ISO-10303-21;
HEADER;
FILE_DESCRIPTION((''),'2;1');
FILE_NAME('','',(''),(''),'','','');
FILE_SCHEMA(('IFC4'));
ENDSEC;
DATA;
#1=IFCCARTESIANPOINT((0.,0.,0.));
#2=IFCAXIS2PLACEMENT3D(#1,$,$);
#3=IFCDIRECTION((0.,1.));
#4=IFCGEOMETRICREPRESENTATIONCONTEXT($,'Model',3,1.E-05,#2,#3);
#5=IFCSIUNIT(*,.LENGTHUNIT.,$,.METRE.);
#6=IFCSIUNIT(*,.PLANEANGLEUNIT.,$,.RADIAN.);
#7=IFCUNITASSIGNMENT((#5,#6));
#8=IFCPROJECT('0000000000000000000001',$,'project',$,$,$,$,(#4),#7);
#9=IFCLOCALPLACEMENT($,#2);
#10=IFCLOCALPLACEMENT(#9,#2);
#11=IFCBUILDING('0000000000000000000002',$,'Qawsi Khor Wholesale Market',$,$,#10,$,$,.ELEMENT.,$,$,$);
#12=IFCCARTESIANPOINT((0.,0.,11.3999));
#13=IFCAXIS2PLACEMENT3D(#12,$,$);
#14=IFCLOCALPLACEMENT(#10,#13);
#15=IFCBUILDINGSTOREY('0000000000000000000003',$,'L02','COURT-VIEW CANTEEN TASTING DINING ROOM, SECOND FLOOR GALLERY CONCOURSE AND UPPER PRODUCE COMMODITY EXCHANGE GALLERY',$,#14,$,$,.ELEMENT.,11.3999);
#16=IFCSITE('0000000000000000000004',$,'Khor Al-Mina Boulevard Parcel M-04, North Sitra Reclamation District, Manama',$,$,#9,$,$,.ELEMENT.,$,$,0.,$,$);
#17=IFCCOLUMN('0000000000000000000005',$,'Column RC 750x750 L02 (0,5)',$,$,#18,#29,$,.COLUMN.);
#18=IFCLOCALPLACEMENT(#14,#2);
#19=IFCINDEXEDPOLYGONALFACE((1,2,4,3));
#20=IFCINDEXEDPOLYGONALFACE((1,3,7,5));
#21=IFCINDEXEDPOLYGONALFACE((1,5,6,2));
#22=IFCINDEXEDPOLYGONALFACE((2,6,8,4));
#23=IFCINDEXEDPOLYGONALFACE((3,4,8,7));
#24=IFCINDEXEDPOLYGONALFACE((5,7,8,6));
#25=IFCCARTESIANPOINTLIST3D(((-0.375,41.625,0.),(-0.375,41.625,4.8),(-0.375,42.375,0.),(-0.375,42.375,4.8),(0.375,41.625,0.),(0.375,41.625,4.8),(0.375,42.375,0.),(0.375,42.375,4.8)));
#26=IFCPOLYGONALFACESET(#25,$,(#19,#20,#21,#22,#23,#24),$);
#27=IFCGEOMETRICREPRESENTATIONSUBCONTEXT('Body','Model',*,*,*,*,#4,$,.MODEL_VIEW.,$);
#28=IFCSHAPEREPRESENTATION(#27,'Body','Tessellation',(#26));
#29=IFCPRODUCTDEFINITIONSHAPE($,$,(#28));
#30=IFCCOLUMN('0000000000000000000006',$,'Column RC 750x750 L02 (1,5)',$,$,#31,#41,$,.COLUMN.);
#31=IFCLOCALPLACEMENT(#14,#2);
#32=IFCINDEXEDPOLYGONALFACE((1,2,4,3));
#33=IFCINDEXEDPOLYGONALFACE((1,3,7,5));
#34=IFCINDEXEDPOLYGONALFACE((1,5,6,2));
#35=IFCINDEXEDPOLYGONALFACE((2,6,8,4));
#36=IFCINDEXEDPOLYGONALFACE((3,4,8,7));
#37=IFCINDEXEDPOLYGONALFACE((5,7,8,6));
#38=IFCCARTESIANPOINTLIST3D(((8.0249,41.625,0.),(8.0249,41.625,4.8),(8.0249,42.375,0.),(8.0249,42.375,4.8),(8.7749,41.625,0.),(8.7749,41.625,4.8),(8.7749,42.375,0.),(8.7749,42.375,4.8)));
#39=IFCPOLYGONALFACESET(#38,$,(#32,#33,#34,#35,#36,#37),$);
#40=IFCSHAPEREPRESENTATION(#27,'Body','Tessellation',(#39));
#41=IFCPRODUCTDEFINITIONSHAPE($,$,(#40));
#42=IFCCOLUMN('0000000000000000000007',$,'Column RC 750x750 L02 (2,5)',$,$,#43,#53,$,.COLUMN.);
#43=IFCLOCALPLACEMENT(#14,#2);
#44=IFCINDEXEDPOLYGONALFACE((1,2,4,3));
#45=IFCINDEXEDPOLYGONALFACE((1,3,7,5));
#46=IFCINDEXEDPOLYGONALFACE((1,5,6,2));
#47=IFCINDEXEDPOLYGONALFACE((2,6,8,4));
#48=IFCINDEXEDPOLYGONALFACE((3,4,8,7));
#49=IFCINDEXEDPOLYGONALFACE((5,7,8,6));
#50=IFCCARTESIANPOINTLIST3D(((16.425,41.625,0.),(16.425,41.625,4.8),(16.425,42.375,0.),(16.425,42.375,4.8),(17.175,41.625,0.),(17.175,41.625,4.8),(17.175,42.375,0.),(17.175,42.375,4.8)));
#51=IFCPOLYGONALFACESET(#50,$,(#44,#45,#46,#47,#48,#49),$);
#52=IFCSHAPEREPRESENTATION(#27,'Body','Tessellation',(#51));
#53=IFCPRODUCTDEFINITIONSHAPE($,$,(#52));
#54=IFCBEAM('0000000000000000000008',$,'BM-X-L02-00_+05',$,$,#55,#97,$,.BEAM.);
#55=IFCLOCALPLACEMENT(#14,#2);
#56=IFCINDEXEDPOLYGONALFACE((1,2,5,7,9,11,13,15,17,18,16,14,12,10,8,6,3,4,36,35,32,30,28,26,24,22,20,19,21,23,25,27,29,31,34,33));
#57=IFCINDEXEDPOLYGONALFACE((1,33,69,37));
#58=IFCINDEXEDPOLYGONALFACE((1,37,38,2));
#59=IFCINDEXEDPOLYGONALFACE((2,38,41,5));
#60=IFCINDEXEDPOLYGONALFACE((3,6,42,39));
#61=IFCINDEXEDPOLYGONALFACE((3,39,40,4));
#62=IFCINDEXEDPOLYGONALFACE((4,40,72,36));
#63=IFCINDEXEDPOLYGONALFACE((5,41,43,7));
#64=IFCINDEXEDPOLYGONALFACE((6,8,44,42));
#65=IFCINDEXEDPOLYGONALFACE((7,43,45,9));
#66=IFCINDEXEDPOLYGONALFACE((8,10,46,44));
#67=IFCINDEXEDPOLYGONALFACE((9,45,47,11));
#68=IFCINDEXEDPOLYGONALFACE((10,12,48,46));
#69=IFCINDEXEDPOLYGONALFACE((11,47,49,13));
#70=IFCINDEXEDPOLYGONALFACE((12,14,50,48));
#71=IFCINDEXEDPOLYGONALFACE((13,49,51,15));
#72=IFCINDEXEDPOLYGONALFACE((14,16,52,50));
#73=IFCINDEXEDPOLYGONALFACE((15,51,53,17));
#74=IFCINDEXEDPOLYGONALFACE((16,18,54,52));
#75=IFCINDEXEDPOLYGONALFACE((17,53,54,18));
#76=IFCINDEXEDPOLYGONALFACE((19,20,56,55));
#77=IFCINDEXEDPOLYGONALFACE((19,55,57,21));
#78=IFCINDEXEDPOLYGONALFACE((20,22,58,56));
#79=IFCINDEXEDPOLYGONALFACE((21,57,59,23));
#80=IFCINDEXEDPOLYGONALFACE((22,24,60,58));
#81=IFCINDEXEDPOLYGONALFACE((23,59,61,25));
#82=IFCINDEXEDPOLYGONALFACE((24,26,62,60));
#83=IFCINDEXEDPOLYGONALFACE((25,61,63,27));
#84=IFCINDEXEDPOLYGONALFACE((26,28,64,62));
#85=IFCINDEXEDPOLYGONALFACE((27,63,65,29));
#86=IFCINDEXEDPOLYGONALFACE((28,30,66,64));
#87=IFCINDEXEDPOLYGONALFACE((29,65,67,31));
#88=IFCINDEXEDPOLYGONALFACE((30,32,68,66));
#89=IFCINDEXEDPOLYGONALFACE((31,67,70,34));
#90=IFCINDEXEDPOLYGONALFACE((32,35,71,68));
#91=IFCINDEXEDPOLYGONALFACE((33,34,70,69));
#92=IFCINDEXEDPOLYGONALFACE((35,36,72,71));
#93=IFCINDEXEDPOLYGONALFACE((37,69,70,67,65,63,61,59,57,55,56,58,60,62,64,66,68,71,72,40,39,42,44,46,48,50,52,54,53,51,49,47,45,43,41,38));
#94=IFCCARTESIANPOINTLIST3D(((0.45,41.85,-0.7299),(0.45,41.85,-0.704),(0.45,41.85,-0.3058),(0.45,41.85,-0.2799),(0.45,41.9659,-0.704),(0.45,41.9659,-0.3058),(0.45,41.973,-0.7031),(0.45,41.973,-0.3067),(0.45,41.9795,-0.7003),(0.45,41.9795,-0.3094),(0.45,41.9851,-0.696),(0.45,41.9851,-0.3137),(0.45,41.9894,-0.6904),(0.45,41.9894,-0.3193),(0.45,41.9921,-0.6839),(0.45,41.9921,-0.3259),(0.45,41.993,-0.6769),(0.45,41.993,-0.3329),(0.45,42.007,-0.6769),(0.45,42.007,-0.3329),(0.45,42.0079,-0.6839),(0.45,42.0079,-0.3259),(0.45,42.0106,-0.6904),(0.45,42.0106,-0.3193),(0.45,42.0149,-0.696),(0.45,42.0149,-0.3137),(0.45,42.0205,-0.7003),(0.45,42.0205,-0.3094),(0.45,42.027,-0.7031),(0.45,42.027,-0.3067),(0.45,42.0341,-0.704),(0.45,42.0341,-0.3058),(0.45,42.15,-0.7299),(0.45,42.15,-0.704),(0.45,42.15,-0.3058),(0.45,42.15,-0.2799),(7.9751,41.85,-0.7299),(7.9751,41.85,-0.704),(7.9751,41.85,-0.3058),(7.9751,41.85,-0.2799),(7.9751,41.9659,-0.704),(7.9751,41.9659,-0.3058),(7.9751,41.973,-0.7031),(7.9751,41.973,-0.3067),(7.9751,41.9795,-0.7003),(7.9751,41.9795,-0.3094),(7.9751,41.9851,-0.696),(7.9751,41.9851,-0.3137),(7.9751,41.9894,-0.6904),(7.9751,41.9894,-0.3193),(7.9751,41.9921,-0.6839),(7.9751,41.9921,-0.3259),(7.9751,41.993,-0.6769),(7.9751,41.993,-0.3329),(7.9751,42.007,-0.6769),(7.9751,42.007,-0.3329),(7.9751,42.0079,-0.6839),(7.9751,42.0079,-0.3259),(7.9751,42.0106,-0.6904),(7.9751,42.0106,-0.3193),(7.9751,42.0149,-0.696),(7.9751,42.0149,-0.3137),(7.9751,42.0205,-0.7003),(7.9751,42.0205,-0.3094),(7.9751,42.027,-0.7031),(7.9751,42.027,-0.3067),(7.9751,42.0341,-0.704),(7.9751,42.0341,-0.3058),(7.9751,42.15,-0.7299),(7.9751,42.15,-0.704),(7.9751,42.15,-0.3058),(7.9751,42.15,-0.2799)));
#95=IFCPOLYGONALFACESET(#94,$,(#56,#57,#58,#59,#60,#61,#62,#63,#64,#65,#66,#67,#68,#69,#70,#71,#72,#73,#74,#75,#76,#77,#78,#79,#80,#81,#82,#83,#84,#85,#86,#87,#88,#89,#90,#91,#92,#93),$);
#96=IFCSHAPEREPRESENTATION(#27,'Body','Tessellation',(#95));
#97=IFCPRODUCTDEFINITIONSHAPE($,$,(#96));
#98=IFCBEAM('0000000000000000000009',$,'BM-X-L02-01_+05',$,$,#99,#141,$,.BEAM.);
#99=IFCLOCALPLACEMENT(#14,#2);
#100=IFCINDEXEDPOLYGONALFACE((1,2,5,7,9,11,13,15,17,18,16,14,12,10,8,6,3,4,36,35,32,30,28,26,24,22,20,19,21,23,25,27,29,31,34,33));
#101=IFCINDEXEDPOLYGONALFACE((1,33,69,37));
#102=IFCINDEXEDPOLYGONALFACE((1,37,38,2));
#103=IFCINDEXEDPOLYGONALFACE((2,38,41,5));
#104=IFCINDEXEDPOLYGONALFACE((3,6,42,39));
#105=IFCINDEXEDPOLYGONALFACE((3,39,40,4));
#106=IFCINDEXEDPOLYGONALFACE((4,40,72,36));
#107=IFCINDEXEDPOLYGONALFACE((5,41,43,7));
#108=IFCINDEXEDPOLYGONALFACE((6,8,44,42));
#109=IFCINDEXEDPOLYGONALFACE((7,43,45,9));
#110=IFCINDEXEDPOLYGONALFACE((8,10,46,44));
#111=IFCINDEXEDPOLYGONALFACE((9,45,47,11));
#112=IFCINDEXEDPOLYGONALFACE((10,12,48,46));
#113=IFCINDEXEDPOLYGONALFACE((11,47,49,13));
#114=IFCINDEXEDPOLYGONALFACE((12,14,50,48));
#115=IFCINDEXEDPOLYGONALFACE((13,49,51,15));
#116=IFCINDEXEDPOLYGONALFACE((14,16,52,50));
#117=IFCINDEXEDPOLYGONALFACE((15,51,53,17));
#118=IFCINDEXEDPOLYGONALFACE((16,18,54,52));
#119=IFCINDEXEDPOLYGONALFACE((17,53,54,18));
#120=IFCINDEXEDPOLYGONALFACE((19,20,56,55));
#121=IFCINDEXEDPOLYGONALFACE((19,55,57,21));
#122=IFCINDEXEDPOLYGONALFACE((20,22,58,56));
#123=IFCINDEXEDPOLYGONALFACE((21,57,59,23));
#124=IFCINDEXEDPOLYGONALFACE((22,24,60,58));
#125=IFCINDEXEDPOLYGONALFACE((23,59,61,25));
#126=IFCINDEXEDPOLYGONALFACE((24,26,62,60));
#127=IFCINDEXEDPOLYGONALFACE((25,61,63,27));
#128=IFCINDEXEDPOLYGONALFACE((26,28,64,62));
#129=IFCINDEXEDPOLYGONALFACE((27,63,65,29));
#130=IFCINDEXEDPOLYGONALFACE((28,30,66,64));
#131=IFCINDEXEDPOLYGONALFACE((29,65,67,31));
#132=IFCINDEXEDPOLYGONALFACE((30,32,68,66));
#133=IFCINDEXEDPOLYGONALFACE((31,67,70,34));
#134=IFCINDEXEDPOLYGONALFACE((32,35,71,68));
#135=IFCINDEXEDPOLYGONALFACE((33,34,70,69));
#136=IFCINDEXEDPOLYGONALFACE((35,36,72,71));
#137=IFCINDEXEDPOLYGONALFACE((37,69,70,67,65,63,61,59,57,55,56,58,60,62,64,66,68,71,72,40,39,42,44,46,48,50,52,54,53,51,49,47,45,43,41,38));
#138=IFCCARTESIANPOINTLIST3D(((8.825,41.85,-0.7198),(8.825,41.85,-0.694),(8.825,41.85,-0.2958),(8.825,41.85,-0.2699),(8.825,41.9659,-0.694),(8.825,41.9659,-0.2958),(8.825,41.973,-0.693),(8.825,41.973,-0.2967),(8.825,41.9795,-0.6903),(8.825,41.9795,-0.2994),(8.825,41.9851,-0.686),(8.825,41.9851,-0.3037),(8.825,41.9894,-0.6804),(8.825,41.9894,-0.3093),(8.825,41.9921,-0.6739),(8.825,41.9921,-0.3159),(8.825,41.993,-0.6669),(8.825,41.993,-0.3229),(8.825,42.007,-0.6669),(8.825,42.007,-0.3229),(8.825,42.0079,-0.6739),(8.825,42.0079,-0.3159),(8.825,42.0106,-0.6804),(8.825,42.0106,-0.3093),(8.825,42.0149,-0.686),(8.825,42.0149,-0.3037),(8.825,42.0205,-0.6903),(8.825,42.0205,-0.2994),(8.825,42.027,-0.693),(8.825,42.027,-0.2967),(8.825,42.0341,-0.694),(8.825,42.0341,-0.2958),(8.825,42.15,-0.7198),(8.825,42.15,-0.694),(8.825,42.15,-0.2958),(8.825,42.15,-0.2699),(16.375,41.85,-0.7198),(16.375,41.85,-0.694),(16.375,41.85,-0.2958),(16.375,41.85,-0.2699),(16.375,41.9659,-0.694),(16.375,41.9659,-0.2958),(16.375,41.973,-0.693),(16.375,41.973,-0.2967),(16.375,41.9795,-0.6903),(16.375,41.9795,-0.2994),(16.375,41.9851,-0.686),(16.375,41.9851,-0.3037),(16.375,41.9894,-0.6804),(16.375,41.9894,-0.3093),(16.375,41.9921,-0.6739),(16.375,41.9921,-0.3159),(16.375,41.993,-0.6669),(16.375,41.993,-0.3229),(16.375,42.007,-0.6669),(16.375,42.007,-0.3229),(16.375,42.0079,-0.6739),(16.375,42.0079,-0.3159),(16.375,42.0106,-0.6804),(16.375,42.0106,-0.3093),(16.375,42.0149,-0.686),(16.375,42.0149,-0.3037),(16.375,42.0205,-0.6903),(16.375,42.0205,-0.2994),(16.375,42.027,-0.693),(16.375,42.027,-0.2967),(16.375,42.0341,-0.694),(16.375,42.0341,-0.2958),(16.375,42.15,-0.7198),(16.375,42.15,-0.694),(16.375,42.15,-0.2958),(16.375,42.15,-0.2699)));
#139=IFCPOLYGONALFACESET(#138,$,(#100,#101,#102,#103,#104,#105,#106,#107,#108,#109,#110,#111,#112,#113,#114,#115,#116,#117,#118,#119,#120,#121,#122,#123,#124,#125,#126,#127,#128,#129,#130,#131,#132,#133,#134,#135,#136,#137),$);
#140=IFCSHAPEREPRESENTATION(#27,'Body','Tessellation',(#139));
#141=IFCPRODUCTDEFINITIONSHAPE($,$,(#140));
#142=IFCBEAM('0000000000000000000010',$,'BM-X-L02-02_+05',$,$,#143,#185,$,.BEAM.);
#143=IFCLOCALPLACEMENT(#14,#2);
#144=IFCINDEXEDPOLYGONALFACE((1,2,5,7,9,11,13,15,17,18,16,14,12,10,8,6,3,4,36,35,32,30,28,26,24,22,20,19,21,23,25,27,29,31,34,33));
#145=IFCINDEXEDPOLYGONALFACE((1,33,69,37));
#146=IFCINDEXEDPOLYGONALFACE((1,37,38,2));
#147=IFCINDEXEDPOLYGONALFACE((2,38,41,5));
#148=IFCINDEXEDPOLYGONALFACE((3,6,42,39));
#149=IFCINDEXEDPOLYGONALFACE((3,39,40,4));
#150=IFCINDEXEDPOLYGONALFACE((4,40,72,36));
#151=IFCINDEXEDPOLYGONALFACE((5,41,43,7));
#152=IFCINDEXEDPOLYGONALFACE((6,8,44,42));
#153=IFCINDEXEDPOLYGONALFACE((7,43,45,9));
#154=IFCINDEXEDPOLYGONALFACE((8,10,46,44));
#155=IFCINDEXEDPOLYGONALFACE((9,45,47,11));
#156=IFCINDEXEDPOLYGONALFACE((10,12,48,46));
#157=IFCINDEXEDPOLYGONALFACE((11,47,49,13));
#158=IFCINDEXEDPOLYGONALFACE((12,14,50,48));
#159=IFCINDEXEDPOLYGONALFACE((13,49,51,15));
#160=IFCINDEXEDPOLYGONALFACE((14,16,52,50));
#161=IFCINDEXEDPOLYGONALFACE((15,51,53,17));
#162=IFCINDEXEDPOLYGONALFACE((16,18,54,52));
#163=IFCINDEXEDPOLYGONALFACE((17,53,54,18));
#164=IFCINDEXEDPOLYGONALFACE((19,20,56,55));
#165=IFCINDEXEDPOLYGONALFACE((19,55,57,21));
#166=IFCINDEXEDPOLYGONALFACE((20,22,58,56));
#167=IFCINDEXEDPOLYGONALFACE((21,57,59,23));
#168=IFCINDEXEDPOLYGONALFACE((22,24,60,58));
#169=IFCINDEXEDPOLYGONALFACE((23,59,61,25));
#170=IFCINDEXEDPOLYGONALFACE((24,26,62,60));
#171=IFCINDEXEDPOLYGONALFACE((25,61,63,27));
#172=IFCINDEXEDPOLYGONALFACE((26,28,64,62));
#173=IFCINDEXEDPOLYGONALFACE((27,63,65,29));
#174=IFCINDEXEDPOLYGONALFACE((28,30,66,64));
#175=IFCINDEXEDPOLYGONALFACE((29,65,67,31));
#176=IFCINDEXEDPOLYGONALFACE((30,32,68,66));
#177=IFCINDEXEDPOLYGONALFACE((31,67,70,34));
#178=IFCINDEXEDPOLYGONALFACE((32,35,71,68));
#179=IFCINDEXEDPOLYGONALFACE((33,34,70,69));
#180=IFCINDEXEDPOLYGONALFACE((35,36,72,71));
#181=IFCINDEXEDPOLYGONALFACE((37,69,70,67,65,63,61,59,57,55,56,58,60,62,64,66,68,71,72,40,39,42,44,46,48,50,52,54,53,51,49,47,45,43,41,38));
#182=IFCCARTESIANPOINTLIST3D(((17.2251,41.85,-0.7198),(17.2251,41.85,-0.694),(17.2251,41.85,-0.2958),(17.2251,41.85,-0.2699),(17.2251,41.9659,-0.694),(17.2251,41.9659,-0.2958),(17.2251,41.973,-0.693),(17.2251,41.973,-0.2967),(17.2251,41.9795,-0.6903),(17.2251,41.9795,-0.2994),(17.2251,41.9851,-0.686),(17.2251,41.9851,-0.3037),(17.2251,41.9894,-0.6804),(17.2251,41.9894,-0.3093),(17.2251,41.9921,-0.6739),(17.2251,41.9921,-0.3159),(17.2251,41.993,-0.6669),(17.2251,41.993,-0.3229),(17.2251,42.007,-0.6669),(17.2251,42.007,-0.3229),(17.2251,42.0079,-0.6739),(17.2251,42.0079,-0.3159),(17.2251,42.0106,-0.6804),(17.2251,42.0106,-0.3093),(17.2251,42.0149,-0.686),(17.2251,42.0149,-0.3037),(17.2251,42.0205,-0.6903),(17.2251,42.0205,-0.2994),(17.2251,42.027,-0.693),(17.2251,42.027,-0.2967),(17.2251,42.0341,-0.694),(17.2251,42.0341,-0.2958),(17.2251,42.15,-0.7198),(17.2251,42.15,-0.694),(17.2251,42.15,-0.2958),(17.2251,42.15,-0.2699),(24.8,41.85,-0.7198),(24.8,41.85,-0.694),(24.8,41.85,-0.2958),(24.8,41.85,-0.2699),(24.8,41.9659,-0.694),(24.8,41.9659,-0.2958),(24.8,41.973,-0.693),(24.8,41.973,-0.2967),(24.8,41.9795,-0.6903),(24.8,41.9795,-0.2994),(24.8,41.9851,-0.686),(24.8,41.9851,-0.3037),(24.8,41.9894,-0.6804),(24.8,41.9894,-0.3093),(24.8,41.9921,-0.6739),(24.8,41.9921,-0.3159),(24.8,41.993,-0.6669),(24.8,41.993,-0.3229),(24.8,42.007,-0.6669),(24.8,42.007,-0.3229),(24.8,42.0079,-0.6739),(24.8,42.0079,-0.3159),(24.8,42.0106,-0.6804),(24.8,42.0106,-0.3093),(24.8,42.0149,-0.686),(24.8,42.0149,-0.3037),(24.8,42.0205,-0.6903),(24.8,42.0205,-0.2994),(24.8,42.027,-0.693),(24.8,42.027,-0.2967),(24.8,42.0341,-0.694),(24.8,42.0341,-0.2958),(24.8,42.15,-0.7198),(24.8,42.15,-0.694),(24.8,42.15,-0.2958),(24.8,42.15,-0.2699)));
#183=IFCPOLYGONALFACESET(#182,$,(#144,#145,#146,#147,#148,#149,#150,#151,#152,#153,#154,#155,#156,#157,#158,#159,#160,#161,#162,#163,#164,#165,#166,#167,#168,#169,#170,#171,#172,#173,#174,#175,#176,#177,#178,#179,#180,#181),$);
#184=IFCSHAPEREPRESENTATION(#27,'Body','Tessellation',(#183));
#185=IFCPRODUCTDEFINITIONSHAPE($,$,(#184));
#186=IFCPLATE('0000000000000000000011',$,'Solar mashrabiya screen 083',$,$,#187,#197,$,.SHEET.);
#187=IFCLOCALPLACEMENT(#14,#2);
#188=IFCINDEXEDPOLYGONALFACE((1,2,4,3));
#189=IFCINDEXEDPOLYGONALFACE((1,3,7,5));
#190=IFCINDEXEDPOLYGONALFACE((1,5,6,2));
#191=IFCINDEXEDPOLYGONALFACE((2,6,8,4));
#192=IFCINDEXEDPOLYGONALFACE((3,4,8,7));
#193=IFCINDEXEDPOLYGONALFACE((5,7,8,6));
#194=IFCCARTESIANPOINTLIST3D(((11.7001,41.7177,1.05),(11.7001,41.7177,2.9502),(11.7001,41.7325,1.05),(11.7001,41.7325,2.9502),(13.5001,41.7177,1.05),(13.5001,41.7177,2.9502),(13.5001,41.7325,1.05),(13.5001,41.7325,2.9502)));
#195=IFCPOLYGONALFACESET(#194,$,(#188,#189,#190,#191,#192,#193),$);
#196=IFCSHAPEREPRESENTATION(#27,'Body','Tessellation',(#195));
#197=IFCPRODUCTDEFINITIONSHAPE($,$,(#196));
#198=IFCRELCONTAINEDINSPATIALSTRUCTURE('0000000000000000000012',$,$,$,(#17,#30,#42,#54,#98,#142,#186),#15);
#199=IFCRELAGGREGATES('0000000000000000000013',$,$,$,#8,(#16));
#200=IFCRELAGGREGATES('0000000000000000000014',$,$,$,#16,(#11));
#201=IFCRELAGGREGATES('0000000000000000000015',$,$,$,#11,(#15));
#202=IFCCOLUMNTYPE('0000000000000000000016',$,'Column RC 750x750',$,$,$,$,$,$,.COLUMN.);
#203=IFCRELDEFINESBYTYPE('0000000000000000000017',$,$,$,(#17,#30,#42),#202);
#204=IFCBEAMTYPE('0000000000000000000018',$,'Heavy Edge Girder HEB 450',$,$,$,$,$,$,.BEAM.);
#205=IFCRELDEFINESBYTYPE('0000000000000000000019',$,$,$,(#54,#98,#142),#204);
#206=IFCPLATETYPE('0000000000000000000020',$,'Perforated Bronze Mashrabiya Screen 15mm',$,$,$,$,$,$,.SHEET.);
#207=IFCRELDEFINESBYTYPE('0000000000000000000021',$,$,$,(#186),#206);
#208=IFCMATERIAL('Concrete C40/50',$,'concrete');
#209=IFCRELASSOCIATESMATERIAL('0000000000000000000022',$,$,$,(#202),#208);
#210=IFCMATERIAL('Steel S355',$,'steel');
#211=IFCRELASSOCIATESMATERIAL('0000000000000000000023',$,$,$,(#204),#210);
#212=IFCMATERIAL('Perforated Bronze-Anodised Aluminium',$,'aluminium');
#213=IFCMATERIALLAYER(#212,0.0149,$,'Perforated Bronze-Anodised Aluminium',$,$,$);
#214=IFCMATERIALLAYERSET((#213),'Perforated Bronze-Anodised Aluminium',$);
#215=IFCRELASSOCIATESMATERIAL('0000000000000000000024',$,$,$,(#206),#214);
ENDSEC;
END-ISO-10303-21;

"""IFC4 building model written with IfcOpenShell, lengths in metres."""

from ifc_helpers import new_model, si_unit, direction, frame, frame_2d, origin, origin_2d, place, context, subcontext, project, spatial, rectangle, i_section, extrude, material, layer, layer_set, material_profile, profile_set, type_object, element, save


model = new_model("IFC4")

# Units and contexts
model_context = context("Model", 3, precision=1e-05, world=origin(), true_north=direction((0.0, 1.0)))
body_context = subcontext(model_context, "Body", "Model", "MODEL_VIEW")
ifc_project = project(units=[si_unit("LENGTHUNIT", "METRE"), si_unit("PLANEANGLEUNIT", "RADIAN")], contexts=[model_context])

# Site, building, storey
site_placement = place(None, origin())
site = spatial("IfcSite", under=ifc_project, at=site_placement, Name="Khor Al-Mina Boulevard Parcel M-04, North Sitra Reclamation District, Manama", CompositionType="ELEMENT", RefElevation=0.0)
building_placement = place(site_placement, origin())
building = spatial("IfcBuilding", under=site, at=building_placement, Name="Qawsi Khor Wholesale Market", CompositionType="ELEMENT")
storey_placement = place(building_placement, frame((0.0, 0.0, 11.3999)))
storey = spatial("IfcBuildingStorey", under=building, at=storey_placement, Name="L02", Description="COURT-VIEW CANTEEN TASTING DINING ROOM, SECOND FLOOR GALLERY CONCOURSE AND UPPER PRODUCE COMMODITY EXCHANGE GALLERY", CompositionType="ELEMENT", Elevation=11.3999)

# Columns
ifc_material_1 = material(Name="Concrete C40/50", Category="concrete")
ifc_material_profile_1 = material_profile(ifc_material_1, rectangle(XDim=0.75, YDim=0.75, at=origin_2d()), Name="RC 750x750")
ifc_profile_set_1 = profile_set([ifc_material_profile_1], Name="Concrete C40/50")
column_type = type_object("IfcColumnType", Name="Column RC 750x750", PredefinedType="COLUMN", material=ifc_profile_set_1)
for number, where, z_axis, x_axis, name in (
    (1, (0.0, 42.0, 0.0), (0.0, 0.0, 1.0), (1.0, 0.0, 0.0), "Column RC 750x750 L02 (0,5)"),
    (2, (8.3999, 42.0, 0.0), (0.0, 0.0, 1.0), (1.0, 0.0, 0.0), "Column RC 750x750 L02 (1,5)"),
    (3, (16.8, 42.0, 0.0), (0.0, 0.0, 1.0), (1.0, 0.0, 0.0), "Column RC 750x750 L02 (2,5)"),
):
    element("IfcColumn", number, at=place(storey_placement, frame(where, z_axis=z_axis, x_axis=x_axis)), inside=storey, type_object=column_type, Name=name, PredefinedType="COLUMN", context=body_context, shape_type="SweptSolid", body=[
        extrude(rectangle(XDim=0.75, YDim=0.75, at=origin_2d()), origin(), (0.0, 0.0, 1.0), 4.8),
    ])

# Beams
ifc_material_2 = material(Name="Steel S355", Category="steel")
ifc_material_profile_2 = material_profile(ifc_material_2, i_section(OverallWidth=0.3, OverallDepth=0.45, WebThickness=0.0139, FlangeThickness=0.0259, FilletRadius=0.0271, at=origin_2d()), Name="HEB 450")
ifc_profile_set_2 = profile_set([ifc_material_profile_2], Name="Steel S355")
beam_type = type_object("IfcBeamType", Name="Heavy Edge Girder HEB 450", PredefinedType="BEAM", material=ifc_profile_set_2)
beam_1_placement = place(storey_placement, frame((0.45, 42.0, -0.5049), z_axis=(1.0, 0.0, 0.0), x_axis=(0.0, 1.0, 0.0)))
element("IfcBeam", 4, at=beam_1_placement, inside=storey, type_object=beam_type, Name="BM-X-L02-00_+05", PredefinedType="BEAM", context=body_context, shape_type="SweptSolid", body=[
    extrude(i_section(OverallWidth=0.3, OverallDepth=0.45, WebThickness=0.0139, FlangeThickness=0.0259, FilletRadius=0.0271, at=origin_2d()), origin(), (0.0, 0.0, 1.0), 7.5251),
])
beam_2_placement = place(storey_placement, frame((8.825, 42.0, -0.4949), z_axis=(1.0, 0.0, 0.0), x_axis=(0.0, 1.0, 0.0)))
element("IfcBeam", 5, at=beam_2_placement, inside=storey, type_object=beam_type, Name="BM-X-L02-01_+05", PredefinedType="BEAM", context=body_context, shape_type="SweptSolid", body=[
    extrude(i_section(OverallWidth=0.3, OverallDepth=0.45, WebThickness=0.0139, FlangeThickness=0.0259, FilletRadius=0.0271, at=origin_2d()), origin(), (0.0, 0.0, 1.0), 7.55),
])
beam_3_placement = place(storey_placement, frame((17.2251, 42.0, -0.4949), z_axis=(1.0, 0.0, 0.0), x_axis=(0.0, 1.0, 0.0)))
element("IfcBeam", 6, at=beam_3_placement, inside=storey, type_object=beam_type, Name="BM-X-L02-02_+05", PredefinedType="BEAM", context=body_context, shape_type="SweptSolid", body=[
    extrude(i_section(OverallWidth=0.3, OverallDepth=0.45, WebThickness=0.0139, FlangeThickness=0.0259, FilletRadius=0.0271, at=origin_2d()), origin(), (0.0, 0.0, 1.0), 7.575),
])

# Plate
ifc_material_3 = material(Name="Perforated Bronze-Anodised Aluminium", Category="aluminium")
ifc_layer_1 = layer(ifc_material_3, 0.0149, Name="Perforated Bronze-Anodised Aluminium")
ifc_layer_set_1 = layer_set([ifc_layer_1], Name="Perforated Bronze-Anodised Aluminium")
plate_type_1 = type_object("IfcPlateType", Name="Perforated Bronze Mashrabiya Screen 15mm", PredefinedType="SHEET", material=ifc_layer_set_1)
plate_1_placement = place(storey_placement, frame((13.5, 41.7251, 1.05), z_axis=(0.0, 0.0, 1.0), x_axis=(-1.0, 0.0, 0.0)))
element("IfcPlate", 7, at=plate_1_placement, inside=storey, type_object=plate_type_1, Name="Solar mashrabiya screen 083", PredefinedType="SHEET", context=body_context, shape_type="SweptSolid", body=[
    extrude(rectangle(XDim=1.8, YDim=0.0149, at=frame_2d((0.8999, 0.0))), origin(), (0.0, 0.0, 1.0), 1.9001),
])

save(model, "model.ifc")
